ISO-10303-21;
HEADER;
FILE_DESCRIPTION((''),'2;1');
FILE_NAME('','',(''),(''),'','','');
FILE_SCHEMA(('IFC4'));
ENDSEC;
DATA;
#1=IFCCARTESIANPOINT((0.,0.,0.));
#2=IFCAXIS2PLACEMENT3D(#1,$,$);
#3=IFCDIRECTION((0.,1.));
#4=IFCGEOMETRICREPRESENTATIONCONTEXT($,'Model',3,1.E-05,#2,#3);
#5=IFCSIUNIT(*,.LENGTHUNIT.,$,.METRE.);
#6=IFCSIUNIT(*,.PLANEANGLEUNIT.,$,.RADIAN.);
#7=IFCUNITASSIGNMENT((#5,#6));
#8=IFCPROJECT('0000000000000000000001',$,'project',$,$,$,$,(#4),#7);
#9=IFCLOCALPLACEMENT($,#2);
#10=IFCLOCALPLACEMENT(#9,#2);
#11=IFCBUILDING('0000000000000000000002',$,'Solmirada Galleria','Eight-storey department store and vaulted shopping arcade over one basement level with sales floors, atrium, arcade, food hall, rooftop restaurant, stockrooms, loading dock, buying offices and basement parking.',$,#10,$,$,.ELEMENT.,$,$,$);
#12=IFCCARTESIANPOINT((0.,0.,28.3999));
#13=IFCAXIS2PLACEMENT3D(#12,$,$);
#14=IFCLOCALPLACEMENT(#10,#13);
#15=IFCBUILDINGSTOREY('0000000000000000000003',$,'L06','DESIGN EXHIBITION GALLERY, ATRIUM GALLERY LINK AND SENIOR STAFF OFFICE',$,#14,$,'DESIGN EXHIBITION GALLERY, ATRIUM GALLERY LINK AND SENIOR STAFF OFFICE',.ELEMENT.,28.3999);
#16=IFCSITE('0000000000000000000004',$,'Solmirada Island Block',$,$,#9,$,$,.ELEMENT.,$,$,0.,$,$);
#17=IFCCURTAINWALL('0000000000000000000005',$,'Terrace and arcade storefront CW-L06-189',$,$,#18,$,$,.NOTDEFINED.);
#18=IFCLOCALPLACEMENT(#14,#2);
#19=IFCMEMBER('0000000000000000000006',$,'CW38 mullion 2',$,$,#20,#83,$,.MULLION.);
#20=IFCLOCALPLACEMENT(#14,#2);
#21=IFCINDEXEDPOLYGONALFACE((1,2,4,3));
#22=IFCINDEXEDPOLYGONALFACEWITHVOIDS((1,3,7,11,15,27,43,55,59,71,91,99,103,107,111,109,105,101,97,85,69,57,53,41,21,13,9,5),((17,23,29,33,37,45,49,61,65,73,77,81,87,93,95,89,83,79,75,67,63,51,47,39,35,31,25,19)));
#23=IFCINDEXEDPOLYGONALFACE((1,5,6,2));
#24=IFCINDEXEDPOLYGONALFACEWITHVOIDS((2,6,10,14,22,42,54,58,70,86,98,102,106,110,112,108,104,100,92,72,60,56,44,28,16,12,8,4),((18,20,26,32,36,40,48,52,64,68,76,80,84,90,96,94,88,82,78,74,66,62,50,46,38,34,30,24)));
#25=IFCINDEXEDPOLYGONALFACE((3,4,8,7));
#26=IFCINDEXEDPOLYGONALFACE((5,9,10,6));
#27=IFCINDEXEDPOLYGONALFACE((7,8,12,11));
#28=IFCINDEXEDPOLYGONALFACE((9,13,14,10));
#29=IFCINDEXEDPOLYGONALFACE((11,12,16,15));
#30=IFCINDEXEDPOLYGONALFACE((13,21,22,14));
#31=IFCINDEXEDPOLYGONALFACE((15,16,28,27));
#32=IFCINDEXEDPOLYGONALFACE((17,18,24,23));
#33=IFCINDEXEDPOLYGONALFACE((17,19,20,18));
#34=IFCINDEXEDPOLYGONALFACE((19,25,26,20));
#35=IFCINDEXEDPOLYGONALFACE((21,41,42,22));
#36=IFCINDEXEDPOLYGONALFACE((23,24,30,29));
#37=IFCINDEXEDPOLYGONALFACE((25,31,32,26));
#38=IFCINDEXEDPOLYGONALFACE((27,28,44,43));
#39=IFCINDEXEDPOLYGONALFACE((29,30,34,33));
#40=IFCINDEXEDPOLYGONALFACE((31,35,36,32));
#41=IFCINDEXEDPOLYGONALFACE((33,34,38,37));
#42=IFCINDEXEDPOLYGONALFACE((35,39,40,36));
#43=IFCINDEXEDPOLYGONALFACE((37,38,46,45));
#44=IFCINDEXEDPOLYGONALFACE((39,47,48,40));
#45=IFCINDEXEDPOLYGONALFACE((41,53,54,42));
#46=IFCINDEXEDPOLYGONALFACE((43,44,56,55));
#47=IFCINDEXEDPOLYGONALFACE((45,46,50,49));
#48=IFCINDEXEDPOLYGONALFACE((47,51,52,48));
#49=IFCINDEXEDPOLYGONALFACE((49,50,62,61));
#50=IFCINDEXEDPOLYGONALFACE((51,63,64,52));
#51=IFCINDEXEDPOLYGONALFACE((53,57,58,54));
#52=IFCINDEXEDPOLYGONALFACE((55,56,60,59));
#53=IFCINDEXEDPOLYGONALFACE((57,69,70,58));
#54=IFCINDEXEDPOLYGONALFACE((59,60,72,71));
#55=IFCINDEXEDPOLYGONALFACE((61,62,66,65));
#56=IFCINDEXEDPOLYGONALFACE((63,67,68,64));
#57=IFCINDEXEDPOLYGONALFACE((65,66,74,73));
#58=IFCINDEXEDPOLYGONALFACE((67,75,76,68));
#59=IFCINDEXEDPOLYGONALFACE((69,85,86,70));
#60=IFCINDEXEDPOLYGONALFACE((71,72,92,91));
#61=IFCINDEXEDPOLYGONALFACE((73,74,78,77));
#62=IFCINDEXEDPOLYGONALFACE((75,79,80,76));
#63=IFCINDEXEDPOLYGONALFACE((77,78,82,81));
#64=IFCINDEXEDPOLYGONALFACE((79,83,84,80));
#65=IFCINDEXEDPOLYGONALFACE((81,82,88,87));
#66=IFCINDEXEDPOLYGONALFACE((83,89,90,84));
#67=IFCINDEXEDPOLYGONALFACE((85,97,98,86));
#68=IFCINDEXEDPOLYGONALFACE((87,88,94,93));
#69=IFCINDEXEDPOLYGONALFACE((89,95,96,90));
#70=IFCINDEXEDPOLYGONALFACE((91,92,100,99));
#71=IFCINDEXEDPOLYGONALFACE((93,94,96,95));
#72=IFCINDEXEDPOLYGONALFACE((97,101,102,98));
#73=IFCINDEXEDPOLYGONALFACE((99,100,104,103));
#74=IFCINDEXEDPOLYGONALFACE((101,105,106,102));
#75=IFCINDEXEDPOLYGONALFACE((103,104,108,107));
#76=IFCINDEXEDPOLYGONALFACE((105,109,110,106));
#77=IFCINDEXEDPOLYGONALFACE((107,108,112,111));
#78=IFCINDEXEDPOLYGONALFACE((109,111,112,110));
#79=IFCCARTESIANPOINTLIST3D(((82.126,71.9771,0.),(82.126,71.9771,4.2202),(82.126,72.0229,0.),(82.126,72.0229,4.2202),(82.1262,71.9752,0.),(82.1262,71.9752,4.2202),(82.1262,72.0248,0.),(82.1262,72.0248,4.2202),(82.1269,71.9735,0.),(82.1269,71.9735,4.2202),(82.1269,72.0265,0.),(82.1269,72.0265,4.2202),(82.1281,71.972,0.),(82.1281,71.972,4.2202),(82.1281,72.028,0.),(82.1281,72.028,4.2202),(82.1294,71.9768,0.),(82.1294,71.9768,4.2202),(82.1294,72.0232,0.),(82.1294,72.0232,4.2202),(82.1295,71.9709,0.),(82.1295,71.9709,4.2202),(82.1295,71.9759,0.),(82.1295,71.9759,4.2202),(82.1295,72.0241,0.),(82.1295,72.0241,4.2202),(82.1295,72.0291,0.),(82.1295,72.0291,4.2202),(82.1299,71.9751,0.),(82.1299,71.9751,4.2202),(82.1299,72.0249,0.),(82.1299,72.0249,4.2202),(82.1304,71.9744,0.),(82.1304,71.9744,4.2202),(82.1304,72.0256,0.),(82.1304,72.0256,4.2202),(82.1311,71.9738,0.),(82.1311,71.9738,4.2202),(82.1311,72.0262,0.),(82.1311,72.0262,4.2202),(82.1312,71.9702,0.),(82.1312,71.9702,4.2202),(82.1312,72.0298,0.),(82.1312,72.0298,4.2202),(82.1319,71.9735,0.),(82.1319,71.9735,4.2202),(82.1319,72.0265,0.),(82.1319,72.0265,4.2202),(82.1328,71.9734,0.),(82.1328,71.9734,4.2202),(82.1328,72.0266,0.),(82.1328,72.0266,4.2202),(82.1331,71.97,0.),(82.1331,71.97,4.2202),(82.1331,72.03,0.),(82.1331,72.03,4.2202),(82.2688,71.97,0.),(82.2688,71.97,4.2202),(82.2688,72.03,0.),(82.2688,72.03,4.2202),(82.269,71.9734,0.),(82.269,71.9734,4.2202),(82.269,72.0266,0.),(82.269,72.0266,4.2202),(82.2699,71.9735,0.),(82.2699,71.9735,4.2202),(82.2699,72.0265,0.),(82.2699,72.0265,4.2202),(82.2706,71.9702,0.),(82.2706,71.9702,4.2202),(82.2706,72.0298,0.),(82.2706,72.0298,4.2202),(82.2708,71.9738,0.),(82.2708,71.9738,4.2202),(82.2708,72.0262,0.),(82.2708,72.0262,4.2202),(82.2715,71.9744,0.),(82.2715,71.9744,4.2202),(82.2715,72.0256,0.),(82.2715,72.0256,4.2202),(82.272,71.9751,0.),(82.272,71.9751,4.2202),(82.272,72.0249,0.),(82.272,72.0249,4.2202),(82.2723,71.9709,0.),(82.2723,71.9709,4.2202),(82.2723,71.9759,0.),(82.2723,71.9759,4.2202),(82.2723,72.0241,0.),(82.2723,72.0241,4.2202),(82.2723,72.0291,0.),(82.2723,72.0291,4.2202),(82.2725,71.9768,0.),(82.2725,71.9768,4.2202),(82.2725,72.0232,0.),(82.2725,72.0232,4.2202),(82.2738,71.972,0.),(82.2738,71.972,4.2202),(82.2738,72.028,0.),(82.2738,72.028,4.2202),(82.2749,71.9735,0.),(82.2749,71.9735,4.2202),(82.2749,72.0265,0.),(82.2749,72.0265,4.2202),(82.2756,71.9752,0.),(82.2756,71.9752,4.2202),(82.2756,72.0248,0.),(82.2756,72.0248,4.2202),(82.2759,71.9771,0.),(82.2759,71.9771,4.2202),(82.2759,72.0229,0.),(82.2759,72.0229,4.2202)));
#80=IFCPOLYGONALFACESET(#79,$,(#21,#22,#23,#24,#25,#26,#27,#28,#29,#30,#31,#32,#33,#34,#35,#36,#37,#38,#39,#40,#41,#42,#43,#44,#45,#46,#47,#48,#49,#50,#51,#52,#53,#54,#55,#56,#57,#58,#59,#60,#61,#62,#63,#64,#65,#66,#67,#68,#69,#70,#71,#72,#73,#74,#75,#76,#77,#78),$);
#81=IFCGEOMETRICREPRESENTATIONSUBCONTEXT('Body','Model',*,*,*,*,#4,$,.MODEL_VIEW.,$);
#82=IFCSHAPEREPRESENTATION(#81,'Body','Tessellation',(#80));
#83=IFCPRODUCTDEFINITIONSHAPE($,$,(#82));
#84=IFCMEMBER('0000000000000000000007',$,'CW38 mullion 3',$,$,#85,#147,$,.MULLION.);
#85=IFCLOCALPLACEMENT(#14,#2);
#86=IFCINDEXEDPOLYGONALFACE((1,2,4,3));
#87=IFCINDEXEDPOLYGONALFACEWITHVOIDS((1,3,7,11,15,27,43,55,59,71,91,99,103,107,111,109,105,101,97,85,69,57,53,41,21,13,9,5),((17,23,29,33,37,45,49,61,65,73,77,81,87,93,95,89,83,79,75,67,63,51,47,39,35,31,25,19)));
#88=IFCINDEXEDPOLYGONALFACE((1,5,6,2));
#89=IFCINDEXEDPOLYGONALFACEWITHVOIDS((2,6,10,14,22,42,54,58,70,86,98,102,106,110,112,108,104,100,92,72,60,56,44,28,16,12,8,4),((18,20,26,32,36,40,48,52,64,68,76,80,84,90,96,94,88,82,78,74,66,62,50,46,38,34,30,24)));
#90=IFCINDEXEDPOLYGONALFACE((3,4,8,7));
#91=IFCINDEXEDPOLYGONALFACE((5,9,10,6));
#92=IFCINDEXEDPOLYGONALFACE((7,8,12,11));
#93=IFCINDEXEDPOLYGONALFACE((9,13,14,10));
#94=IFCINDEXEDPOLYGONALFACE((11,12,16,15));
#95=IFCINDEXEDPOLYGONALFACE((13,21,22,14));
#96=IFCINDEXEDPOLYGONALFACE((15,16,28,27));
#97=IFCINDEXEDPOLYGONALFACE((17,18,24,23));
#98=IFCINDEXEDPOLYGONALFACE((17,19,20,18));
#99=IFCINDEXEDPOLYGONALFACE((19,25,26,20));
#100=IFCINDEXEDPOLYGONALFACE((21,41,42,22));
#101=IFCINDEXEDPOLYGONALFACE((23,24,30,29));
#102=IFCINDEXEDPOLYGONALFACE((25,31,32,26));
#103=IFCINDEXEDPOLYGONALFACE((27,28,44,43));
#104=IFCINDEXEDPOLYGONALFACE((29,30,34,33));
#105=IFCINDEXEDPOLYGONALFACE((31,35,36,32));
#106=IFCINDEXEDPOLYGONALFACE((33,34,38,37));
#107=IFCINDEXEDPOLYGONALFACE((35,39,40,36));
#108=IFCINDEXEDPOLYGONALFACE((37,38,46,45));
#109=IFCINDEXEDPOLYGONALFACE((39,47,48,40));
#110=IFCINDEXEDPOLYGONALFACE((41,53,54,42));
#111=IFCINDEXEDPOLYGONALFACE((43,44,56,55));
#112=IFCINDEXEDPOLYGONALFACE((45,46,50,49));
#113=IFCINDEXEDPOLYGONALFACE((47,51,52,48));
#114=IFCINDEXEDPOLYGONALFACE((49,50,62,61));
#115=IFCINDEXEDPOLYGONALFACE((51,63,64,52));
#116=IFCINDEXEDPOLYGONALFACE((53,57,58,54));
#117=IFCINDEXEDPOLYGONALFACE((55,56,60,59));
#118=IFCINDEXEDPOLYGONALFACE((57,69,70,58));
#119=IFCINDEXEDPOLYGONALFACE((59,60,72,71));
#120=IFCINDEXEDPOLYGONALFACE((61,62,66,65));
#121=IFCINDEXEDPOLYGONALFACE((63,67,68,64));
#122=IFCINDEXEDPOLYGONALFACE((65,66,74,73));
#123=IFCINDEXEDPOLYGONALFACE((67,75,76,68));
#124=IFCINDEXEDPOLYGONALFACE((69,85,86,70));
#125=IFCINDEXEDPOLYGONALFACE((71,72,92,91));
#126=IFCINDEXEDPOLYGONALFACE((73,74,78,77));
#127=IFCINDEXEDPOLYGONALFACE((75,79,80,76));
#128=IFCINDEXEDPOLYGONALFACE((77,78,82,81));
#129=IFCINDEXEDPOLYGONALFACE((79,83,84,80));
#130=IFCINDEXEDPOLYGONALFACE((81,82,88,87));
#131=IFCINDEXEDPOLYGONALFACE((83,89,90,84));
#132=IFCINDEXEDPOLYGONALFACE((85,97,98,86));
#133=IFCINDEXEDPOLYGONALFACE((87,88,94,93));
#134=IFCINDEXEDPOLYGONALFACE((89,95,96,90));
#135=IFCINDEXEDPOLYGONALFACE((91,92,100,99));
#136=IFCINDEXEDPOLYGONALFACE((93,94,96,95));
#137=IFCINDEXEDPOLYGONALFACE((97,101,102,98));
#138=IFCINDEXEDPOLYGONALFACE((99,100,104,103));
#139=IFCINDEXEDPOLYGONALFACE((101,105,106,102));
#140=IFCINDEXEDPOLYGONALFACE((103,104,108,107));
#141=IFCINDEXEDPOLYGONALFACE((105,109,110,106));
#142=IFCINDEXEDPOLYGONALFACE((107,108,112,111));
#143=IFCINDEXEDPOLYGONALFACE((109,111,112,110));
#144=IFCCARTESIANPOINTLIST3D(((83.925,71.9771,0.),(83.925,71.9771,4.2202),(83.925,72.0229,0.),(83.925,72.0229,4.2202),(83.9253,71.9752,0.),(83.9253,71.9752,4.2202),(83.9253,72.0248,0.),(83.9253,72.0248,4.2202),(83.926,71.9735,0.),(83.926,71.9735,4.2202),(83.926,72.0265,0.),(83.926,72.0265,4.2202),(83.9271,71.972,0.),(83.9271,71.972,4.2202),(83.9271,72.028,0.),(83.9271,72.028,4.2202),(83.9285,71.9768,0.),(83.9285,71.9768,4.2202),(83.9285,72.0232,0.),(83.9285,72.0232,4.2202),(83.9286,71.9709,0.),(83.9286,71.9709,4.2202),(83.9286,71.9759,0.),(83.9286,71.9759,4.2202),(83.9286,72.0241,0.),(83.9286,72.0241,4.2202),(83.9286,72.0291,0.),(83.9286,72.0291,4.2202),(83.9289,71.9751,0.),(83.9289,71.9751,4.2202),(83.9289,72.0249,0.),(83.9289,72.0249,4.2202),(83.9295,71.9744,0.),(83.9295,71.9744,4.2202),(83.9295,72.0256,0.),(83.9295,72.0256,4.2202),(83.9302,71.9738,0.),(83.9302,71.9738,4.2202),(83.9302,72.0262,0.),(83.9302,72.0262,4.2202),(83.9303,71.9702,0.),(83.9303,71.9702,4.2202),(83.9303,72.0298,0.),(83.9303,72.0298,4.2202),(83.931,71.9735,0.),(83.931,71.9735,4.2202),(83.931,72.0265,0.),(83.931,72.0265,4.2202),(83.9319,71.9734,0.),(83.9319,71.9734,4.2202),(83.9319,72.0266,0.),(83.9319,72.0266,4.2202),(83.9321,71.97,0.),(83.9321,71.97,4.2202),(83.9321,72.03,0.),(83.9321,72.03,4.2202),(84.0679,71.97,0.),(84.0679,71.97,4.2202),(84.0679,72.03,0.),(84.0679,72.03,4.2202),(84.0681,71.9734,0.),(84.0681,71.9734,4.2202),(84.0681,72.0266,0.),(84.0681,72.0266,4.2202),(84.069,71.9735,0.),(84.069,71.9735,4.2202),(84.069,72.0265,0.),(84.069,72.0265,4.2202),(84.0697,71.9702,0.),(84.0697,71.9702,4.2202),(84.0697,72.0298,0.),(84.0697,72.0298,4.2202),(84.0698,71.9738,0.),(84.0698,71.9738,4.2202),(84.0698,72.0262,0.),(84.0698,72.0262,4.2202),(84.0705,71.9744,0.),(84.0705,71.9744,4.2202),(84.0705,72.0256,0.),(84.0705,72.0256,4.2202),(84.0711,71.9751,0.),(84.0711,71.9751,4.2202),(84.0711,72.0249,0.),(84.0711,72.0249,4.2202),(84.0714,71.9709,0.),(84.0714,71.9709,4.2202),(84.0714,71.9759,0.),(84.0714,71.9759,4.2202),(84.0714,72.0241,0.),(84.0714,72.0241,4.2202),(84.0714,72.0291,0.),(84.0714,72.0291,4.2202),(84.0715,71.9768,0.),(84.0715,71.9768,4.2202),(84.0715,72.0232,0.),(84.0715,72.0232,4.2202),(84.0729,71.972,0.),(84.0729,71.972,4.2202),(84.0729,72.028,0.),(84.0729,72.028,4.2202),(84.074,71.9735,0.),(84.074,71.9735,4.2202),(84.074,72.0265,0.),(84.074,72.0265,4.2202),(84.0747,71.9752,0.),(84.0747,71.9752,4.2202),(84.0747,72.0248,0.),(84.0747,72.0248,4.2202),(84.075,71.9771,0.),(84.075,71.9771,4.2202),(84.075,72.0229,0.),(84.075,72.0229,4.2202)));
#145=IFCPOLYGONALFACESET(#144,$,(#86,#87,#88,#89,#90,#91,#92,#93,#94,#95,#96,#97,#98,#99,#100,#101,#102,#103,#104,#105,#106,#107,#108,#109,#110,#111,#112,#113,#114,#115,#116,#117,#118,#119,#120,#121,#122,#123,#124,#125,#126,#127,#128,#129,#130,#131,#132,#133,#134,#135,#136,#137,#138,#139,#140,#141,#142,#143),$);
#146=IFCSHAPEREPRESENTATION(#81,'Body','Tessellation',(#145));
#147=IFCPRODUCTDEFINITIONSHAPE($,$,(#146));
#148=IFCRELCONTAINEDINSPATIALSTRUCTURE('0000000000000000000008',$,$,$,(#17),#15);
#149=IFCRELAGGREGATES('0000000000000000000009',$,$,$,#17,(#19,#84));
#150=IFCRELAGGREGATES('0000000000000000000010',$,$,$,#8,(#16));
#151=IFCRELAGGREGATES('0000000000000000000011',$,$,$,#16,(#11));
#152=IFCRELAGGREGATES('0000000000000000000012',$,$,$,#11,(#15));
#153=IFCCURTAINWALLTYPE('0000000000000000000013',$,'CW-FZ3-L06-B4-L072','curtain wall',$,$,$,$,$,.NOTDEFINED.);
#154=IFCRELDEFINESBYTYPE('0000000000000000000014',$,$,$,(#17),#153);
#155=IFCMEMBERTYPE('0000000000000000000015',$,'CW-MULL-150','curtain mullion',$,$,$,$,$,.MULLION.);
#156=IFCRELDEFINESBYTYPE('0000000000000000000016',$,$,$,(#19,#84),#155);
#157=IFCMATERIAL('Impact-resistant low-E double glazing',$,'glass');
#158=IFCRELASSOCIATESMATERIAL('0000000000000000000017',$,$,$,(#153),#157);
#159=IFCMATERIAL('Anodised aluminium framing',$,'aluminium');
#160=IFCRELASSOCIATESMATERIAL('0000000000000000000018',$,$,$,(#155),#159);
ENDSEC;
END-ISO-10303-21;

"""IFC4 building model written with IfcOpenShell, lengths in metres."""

from ifc_helpers import new_model, si_unit, direction, frame, origin, origin_2d, place, context, subcontext, project, spatial, hollow_rectangle, extrude, material, material_profile, profile_set, type_object, element, aggregate, save


model = new_model("IFC4")

# Units and contexts
model_context = context("Model", 3, precision=1e-05, world=origin(), true_north=direction((0.0, 1.0)))
body_context = subcontext(model_context, "Body", "Model", "MODEL_VIEW")
ifc_project = project(units=[si_unit("LENGTHUNIT", "METRE"), si_unit("PLANEANGLEUNIT", "RADIAN")], contexts=[model_context])

# Site, building, storey
site_placement = place(None, origin())
site = spatial("IfcSite", under=ifc_project, at=site_placement, Name="Solmirada Island Block", CompositionType="ELEMENT", RefElevation=0.0)
building_placement = place(site_placement, origin())
building = spatial("IfcBuilding", under=site, at=building_placement, Name="Solmirada Galleria", Description="Eight-storey department store and vaulted shopping arcade over one basement level with sales floors, atrium, arcade, food hall, rooftop restaurant, stockrooms, loading dock, buying offices and basement parking.", CompositionType="ELEMENT")
storey_placement = place(building_placement, frame((0.0, 0.0, 28.3999)))
storey = spatial("IfcBuildingStorey", under=building, at=storey_placement, Name="L06", Description="DESIGN EXHIBITION GALLERY, ATRIUM GALLERY LINK AND SENIOR STAFF OFFICE", LongName="DESIGN EXHIBITION GALLERY, ATRIUM GALLERY LINK AND SENIOR STAFF OFFICE", CompositionType="ELEMENT", Elevation=28.3999)

# Curtain wall, members
ifc_material_1 = material(Name="Impact-resistant low-E double glazing", Category="glass")
curtain_wall_type = type_object("IfcCurtainWallType", Name="CW-FZ3-L06-B4-L072", Description="curtain wall", PredefinedType="NOTDEFINED", material=ifc_material_1)
curtain_wall_placement = place(storey_placement, origin())
curtain_wall = element("IfcCurtainWall", 1, at=curtain_wall_placement, inside=storey, type_object=curtain_wall_type, Name="Terrace and arcade storefront CW-L06-189", PredefinedType="NOTDEFINED")
ifc_material_2 = material(Name="Anodised aluminium framing", Category="aluminium")
ifc_material_profile_1 = material_profile(ifc_material_2, hollow_rectangle(XDim=0.0601, YDim=0.1499, WallThickness=0.0034, InnerFilletRadius=0.0034, OuterFilletRadius=0.0071, at=origin_2d()), Name="ALU-MULL-150X60")
ifc_profile_set_1 = profile_set([ifc_material_profile_1], Name="Anodised aluminium framing")
member_type_1 = type_object("IfcMemberType", Name="CW-MULL-150", Description="curtain mullion", PredefinedType="MULLION", material=ifc_profile_set_1)
member_1_placement = place(storey_placement, frame((82.2009, 72.0, 0.0), z_axis=(0.0, 0.0, 1.0), x_axis=(0.0, 1.0, 0.0)))
member_1 = element("IfcMember", 2, at=member_1_placement, type_object=member_type_1, Name="CW38 mullion 2", PredefinedType="MULLION", context=body_context, shape_type="SweptSolid", body=[
    extrude(hollow_rectangle(XDim=0.0601, YDim=0.1499, WallThickness=0.0034, InnerFilletRadius=0.0034, OuterFilletRadius=0.0071, at=origin_2d()), origin(), (0.0, 0.0, 1.0), 4.2202),
])
member_2_placement = place(storey_placement, frame((84.0, 72.0, 0.0), z_axis=(0.0, 0.0, 1.0), x_axis=(0.0, 1.0, 0.0)))
member_2 = element("IfcMember", 3, at=member_2_placement, type_object=member_type_1, Name="CW38 mullion 3", PredefinedType="MULLION", context=body_context, shape_type="SweptSolid", body=[
    extrude(hollow_rectangle(XDim=0.0601, YDim=0.1499, WallThickness=0.0034, InnerFilletRadius=0.0034, OuterFilletRadius=0.0071, at=origin_2d()), origin(), (0.0, 0.0, 1.0), 4.2202),
])
aggregate(curtain_wall, [member_1, member_2])

save(model, "model.ifc")
